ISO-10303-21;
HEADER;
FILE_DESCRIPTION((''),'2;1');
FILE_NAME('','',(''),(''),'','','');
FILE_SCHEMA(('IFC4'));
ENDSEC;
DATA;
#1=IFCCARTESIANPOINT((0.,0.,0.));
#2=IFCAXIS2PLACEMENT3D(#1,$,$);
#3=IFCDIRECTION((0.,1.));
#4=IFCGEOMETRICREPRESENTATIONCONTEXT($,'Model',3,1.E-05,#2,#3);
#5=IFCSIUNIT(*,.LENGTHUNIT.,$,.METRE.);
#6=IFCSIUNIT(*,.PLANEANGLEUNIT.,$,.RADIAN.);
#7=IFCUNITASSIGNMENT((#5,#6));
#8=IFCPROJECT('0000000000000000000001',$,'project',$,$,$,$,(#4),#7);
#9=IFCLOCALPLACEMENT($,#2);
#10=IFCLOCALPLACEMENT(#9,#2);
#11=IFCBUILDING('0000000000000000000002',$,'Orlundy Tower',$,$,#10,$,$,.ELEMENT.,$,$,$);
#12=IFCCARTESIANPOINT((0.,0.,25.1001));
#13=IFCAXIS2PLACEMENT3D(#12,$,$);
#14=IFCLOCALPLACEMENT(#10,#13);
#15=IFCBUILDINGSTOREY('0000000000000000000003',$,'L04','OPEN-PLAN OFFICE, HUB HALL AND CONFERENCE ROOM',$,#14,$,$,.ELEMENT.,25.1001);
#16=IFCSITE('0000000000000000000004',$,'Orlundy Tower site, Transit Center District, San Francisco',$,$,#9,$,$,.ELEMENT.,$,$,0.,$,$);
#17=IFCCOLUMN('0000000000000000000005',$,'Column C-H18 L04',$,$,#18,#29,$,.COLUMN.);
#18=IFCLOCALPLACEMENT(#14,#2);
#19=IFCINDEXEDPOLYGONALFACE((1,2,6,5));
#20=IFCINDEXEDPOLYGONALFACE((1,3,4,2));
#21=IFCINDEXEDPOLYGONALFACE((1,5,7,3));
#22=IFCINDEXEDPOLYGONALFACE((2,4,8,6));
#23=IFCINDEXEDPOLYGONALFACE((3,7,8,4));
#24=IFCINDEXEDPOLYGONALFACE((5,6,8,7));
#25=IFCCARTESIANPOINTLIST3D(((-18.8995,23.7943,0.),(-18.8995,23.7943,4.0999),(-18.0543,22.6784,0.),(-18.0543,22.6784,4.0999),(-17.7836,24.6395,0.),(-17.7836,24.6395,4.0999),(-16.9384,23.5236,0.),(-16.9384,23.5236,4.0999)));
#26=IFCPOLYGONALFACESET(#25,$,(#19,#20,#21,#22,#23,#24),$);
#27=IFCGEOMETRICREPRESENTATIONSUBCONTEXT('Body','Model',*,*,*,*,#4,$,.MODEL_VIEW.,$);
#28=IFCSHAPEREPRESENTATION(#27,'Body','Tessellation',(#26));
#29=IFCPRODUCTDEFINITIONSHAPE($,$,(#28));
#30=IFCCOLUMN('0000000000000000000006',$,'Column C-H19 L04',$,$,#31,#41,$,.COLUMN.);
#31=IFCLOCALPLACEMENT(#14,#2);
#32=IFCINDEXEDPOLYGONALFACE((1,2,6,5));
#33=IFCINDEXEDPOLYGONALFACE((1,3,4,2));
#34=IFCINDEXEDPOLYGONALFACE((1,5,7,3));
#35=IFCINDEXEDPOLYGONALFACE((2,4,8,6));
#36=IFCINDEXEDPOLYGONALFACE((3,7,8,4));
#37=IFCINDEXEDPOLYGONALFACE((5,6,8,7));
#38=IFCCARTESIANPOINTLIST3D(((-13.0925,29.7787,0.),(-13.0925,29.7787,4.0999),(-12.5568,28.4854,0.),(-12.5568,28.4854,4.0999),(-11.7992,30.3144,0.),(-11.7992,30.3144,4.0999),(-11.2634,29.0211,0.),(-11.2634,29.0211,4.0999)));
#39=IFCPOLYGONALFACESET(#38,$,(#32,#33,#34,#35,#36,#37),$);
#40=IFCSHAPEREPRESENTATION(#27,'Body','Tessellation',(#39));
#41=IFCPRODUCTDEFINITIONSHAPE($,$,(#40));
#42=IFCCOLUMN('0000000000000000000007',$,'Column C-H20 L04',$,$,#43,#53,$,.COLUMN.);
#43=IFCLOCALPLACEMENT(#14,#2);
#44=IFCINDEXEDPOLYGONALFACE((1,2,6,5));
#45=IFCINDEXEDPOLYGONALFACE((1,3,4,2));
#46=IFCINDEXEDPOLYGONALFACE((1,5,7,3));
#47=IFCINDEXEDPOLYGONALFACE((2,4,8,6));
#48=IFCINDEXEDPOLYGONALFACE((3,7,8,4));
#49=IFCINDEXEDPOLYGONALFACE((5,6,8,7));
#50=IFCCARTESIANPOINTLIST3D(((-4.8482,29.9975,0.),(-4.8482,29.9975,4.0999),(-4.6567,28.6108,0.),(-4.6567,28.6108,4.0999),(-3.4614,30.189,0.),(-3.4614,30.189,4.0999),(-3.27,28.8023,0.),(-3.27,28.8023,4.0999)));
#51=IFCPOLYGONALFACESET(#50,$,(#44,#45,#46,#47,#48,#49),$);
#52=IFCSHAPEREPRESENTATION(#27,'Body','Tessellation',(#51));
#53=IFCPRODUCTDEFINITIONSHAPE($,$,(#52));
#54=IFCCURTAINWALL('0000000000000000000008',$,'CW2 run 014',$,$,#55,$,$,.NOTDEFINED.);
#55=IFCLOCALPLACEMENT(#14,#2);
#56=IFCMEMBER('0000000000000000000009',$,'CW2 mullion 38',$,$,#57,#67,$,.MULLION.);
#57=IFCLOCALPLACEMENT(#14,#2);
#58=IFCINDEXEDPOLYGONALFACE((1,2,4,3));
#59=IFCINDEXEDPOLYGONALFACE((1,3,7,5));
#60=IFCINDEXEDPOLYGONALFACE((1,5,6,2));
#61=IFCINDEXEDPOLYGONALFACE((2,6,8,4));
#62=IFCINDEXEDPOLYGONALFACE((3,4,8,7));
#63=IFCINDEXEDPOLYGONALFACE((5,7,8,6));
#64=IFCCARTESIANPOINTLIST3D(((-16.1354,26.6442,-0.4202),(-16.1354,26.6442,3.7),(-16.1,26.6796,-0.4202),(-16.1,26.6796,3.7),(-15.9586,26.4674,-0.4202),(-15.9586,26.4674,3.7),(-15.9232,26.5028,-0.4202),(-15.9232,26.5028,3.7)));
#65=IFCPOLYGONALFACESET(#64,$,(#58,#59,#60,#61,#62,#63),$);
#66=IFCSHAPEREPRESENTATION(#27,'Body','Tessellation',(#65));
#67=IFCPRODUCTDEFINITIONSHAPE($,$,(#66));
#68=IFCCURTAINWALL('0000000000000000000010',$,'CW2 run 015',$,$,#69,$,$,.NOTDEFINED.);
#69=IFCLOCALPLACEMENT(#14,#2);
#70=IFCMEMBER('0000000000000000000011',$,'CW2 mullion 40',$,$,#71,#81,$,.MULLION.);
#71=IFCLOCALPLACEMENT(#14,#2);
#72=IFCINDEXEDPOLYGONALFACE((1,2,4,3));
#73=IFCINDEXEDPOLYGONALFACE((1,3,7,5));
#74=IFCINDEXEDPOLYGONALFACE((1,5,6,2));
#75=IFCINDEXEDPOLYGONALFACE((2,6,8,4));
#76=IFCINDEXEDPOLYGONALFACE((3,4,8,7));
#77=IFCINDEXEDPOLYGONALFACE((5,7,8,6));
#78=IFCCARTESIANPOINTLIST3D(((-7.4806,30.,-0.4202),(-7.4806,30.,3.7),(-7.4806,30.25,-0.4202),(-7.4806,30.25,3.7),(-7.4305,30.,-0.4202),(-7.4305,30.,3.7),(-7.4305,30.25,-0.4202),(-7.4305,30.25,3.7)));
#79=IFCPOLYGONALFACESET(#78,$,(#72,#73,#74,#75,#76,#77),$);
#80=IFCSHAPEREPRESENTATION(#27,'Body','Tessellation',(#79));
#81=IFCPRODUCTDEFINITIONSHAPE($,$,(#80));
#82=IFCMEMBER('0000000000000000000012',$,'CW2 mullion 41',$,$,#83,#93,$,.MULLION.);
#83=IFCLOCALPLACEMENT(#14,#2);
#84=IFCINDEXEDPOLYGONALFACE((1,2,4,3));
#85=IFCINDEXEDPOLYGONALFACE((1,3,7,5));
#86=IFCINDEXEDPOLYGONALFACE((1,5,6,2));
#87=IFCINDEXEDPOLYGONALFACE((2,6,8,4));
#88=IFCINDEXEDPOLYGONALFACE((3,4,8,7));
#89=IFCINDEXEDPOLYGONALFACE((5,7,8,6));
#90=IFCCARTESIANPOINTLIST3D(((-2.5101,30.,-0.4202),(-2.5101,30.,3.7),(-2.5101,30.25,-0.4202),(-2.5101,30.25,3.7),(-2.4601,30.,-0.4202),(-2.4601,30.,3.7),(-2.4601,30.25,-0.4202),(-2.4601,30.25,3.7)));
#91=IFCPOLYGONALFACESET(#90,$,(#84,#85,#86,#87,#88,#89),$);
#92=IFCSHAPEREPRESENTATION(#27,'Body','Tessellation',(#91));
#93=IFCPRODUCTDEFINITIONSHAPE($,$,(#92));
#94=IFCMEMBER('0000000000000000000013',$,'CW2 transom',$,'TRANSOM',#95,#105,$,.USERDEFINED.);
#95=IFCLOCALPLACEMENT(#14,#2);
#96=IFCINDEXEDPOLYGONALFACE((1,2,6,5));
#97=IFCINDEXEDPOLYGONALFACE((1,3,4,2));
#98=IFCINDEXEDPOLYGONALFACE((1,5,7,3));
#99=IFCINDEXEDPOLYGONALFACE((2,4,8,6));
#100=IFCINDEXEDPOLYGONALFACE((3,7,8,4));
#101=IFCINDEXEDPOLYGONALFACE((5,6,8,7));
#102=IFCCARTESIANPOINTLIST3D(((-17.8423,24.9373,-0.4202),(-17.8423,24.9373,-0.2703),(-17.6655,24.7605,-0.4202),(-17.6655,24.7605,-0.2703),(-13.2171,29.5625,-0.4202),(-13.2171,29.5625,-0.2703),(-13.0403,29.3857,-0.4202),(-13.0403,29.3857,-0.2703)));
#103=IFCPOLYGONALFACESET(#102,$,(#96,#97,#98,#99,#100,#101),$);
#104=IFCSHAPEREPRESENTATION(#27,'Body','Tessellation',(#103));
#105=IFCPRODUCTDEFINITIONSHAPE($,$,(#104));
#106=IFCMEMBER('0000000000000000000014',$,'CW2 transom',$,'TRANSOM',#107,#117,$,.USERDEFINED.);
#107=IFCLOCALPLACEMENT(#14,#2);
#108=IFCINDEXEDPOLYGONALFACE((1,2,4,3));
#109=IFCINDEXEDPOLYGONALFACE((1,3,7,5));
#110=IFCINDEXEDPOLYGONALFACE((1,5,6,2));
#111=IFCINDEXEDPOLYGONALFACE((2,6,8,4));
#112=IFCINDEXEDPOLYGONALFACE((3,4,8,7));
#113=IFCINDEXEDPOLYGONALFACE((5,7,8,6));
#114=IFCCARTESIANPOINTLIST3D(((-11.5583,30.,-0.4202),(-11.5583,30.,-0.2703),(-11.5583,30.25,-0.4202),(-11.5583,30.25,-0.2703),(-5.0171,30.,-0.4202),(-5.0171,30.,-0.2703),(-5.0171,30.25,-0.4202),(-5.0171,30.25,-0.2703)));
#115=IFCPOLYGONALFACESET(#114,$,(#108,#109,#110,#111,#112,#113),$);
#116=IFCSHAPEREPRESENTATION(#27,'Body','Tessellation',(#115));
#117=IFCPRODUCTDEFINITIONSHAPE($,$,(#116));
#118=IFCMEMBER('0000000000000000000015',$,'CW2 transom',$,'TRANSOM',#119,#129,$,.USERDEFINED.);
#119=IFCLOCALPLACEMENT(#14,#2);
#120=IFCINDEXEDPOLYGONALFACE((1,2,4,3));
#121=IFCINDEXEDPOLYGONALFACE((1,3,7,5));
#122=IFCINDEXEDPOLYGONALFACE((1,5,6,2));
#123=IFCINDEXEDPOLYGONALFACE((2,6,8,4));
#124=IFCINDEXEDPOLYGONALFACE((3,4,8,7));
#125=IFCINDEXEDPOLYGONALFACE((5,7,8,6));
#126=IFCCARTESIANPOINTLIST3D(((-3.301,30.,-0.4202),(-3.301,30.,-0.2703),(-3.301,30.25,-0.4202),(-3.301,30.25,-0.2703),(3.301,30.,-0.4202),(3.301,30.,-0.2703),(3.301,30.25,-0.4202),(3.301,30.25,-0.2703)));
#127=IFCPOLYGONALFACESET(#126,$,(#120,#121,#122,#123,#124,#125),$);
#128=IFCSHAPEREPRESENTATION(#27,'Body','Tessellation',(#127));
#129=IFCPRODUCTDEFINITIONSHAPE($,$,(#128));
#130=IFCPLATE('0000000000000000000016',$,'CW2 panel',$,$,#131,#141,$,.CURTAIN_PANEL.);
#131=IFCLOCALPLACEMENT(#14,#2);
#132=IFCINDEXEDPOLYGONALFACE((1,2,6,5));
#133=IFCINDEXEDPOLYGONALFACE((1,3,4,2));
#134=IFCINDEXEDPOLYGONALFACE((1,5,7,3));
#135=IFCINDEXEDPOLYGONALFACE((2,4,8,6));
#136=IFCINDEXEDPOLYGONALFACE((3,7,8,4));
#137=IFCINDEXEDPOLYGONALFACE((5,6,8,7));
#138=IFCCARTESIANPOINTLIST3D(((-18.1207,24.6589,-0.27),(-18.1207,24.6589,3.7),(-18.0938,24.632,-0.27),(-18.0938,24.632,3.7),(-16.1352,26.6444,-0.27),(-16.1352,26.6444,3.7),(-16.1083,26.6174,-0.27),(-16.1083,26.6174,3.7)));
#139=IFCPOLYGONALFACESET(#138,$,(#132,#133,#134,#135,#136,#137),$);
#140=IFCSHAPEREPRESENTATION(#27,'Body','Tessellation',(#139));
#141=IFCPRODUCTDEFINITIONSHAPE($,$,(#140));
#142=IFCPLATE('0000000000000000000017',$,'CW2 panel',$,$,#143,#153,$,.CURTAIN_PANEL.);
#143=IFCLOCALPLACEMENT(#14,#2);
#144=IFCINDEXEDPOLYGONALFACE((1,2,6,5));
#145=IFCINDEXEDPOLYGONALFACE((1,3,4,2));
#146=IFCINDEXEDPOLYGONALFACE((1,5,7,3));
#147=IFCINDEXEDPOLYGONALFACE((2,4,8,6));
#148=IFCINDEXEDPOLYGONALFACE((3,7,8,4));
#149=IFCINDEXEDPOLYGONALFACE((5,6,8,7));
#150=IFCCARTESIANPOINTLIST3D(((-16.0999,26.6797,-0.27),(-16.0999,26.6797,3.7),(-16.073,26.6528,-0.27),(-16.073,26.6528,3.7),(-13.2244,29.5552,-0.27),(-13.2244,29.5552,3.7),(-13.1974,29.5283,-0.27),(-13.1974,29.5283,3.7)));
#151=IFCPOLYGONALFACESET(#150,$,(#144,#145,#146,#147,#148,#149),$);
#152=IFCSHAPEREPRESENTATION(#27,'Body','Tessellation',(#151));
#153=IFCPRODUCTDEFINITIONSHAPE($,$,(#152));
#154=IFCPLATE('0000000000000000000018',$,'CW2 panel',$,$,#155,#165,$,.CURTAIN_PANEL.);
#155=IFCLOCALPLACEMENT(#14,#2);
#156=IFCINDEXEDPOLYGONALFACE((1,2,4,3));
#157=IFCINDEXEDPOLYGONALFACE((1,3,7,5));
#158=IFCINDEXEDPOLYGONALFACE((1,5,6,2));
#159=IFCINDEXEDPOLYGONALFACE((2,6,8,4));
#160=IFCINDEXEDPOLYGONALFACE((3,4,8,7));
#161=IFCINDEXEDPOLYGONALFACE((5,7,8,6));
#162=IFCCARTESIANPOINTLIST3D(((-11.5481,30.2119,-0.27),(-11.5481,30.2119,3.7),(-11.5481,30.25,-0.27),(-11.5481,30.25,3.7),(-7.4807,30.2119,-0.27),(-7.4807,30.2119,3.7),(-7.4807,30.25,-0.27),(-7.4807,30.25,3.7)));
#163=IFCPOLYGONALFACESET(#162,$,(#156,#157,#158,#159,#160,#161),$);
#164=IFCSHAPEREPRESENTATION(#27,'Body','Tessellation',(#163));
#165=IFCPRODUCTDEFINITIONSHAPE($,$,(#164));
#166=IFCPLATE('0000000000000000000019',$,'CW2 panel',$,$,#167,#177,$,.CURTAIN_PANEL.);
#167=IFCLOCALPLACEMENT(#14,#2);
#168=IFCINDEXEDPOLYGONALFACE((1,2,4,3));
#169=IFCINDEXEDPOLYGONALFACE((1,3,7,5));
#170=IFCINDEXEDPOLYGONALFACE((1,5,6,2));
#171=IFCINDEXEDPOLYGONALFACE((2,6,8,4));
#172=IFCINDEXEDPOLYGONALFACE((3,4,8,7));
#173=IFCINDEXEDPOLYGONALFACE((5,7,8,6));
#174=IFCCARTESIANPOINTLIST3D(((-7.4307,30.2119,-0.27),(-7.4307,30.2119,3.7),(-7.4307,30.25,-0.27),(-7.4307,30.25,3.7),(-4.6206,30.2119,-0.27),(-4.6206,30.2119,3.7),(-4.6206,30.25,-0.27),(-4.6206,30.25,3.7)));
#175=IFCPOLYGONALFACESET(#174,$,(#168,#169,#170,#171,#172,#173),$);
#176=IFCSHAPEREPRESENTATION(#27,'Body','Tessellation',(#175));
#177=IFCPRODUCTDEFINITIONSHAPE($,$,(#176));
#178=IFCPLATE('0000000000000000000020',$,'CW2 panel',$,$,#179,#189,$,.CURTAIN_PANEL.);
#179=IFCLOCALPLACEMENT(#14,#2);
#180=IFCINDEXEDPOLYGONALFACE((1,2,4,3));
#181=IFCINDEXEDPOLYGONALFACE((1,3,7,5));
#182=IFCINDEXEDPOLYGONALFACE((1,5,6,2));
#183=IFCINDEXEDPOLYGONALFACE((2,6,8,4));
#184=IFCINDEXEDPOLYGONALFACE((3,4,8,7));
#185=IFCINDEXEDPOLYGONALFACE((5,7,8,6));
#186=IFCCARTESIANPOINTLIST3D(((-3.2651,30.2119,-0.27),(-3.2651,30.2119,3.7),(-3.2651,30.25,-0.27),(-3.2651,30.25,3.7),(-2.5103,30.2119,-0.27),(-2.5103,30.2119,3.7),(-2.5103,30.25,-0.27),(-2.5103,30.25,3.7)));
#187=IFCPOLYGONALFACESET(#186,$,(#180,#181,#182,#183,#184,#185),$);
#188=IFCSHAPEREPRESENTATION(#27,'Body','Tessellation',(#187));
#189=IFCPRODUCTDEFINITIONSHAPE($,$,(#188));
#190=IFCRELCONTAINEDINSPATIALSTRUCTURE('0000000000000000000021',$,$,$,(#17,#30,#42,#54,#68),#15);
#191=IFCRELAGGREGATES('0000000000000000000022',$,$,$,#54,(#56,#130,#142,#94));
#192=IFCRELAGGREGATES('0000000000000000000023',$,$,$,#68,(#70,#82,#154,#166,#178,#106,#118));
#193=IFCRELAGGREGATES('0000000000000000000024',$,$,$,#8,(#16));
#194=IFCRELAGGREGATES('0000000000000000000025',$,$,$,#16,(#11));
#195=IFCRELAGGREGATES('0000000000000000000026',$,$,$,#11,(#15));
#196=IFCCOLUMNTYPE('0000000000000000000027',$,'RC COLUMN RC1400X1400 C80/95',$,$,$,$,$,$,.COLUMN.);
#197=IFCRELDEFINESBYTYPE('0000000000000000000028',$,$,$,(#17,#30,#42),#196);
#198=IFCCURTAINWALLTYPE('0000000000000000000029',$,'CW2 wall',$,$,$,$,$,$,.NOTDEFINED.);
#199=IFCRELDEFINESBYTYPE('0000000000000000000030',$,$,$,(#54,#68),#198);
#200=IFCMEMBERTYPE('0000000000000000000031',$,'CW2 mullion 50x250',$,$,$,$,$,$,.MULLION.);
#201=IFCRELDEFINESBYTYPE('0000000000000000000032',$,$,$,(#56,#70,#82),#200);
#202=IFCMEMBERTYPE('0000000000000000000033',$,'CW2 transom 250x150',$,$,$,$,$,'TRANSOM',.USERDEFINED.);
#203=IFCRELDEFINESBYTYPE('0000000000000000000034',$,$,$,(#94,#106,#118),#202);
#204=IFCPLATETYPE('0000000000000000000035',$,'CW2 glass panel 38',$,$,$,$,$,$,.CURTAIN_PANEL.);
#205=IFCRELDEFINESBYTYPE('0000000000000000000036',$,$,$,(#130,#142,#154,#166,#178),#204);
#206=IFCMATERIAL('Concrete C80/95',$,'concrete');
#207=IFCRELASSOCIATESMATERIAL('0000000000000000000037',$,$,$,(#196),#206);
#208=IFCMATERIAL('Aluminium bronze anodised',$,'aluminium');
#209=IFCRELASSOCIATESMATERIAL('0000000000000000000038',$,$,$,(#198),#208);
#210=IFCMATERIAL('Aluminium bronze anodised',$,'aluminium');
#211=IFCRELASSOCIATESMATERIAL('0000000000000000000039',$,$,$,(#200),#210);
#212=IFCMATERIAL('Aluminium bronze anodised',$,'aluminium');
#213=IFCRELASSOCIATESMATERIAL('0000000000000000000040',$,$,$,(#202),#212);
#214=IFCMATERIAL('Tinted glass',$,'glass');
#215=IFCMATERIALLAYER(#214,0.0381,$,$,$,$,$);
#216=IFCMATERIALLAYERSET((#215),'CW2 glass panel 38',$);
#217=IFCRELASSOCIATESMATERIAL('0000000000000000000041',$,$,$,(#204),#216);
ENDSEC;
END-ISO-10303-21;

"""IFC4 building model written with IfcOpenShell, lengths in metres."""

from ifc_helpers import new_model, si_unit, direction, frame, origin, origin_2d, place, context, subcontext, project, spatial, rectangle, extrude, material, layer, layer_set, material_profile, profile_set, type_object, element, aggregate, save


model = new_model("IFC4")

# Units and contexts
model_context = context("Model", 3, precision=1e-05, world=origin(), true_north=direction((0.0, 1.0)))
body_context = subcontext(model_context, "Body", "Model", "MODEL_VIEW")
ifc_project = project(units=[si_unit("LENGTHUNIT", "METRE"), si_unit("PLANEANGLEUNIT", "RADIAN")], contexts=[model_context])

# Site, building, storey
site_placement = place(None, origin())
site = spatial("IfcSite", under=ifc_project, at=site_placement, Name="Orlundy Tower site, Transit Center District, San Francisco", CompositionType="ELEMENT", RefElevation=0.0)
building_placement = place(site_placement, origin())
building = spatial("IfcBuilding", under=site, at=building_placement, Name="Orlundy Tower", CompositionType="ELEMENT")
storey_placement = place(building_placement, frame((0.0, 0.0, 25.1001)))
storey = spatial("IfcBuildingStorey", under=building, at=storey_placement, Name="L04", Description="OPEN-PLAN OFFICE, HUB HALL AND CONFERENCE ROOM", CompositionType="ELEMENT", Elevation=25.1001)

# Columns
ifc_material_1 = material(Name="Concrete C80/95", Category="concrete")
ifc_material_profile_1 = material_profile(ifc_material_1, rectangle(XDim=1.3999, YDim=1.3999, at=origin_2d()), Name="RC1400X1400")
ifc_profile_set_1 = profile_set([ifc_material_profile_1], Name="Concrete C80/95")
column_type = type_object("IfcColumnType", Name="RC COLUMN RC1400X1400 C80/95", PredefinedType="COLUMN", material=ifc_profile_set_1)
for number, where, z_axis, x_axis, name in (
    (1, (-17.9189, 23.6589, 0.0), (0.0, 0.0, 1.0), (-0.603765, 0.797163, 0.0), "Column C-H18 L04"),
    (2, (-12.178, 29.3999, 0.0), (0.0, 0.0, 1.0), (-0.382683, 0.92388, 0.0), "Column C-H19 L04"),
    (3, (-4.0591, 29.3999, 0.0), (0.0, 0.0, 1.0), (-0.13677, 0.990603, 0.0), "Column C-H20 L04"),
):
    element("IfcColumn", number, at=place(storey_placement, frame(where, z_axis=z_axis, x_axis=x_axis)), inside=storey, type_object=column_type, Name=name, PredefinedType="COLUMN", context=body_context, shape_type="SweptSolid", body=[
        extrude(rectangle(XDim=1.3999, YDim=1.3999, at=origin_2d()), origin(), (0.0, 0.0, 1.0), 4.0999),
    ])

# Curtain wall, member
ifc_material_2 = material(Name="Aluminium bronze anodised", Category="aluminium")
curtain_wall_type = type_object("IfcCurtainWallType", Name="CW2 wall", PredefinedType="NOTDEFINED", material=ifc_material_2)
curtain_wall_1_placement = place(storey_placement, origin())
curtain_wall_1 = element("IfcCurtainWall", 4, at=curtain_wall_1_placement, inside=storey, type_object=curtain_wall_type, Name="CW2 run 014", PredefinedType="NOTDEFINED")
ifc_material_3 = material(Name="Aluminium bronze anodised", Category="aluminium")
ifc_material_profile_2 = material_profile(ifc_material_3, rectangle(XDim=0.25, YDim=0.05, at=origin_2d()), Name="CW2 mullion 50x250")
ifc_profile_set_2 = profile_set([ifc_material_profile_2], Name="Aluminium bronze anodised")
member_type_1 = type_object("IfcMemberType", Name="CW2 mullion 50x250", PredefinedType="MULLION", material=ifc_profile_set_2)
member_1_placement = place(storey_placement, frame((-16.0293, 26.5735, -0.4202), z_axis=(0.0, 0.0, 1.0), x_axis=(-0.707107, 0.707107, 0.0)))
member_1 = element("IfcMember", 5, at=member_1_placement, type_object=member_type_1, Name="CW2 mullion 38", PredefinedType="MULLION", context=body_context, shape_type="SweptSolid", body=[
    extrude(rectangle(XDim=0.25, YDim=0.05, at=origin_2d()), origin(), (0.0, 0.0, 1.0), 4.1201),
])

# Curtain wall, members
curtain_wall_2_placement = place(storey_placement, origin())
curtain_wall_2 = element("IfcCurtainWall", 6, at=curtain_wall_2_placement, inside=storey, type_object=curtain_wall_type, Name="CW2 run 015", PredefinedType="NOTDEFINED")
member_2_placement = place(storey_placement, frame((-7.4556, 30.125, -0.4202), z_axis=(0.0, 0.0, 1.0), x_axis=(0.0, 1.0, 0.0)))
member_2 = element("IfcMember", 7, at=member_2_placement, type_object=member_type_1, Name="CW2 mullion 40", PredefinedType="MULLION", context=body_context, shape_type="SweptSolid", body=[
    extrude(rectangle(XDim=0.25, YDim=0.05, at=origin_2d()), origin(), (0.0, 0.0, 1.0), 4.1201),
])
member_3_placement = place(storey_placement, frame((-2.4851, 30.125, -0.4202), z_axis=(0.0, 0.0, 1.0), x_axis=(0.0, 1.0, 0.0)))
member_3 = element("IfcMember", 8, at=member_3_placement, type_object=member_type_1, Name="CW2 mullion 41", PredefinedType="MULLION", context=body_context, shape_type="SweptSolid", body=[
    extrude(rectangle(XDim=0.25, YDim=0.05, at=origin_2d()), origin(), (0.0, 0.0, 1.0), 4.1201),
])

# Members
ifc_material_4 = material(Name="Aluminium bronze anodised", Category="aluminium")
ifc_material_profile_3 = material_profile(ifc_material_4, rectangle(XDim=0.25, YDim=0.1499, at=origin_2d()), Name="CW2 transom 250x150")
ifc_profile_set_3 = profile_set([ifc_material_profile_3], Name="Aluminium bronze anodised")
member_type_2 = type_object("IfcMemberType", Name="CW2 transom 250x150", ElementType="TRANSOM", PredefinedType="USERDEFINED", material=ifc_profile_set_3)
member_4_placement = place(storey_placement, frame((-17.7539, 24.8489, -0.3452), z_axis=(0.707107, 0.707107, 0.0), x_axis=(-0.707107, 0.707107, 0.0)))
member_4 = element("IfcMember", 9, at=member_4_placement, type_object=member_type_2, Name="CW2 transom", ObjectType="TRANSOM", PredefinedType="USERDEFINED", context=body_context, shape_type="SweptSolid", body=[
    extrude(rectangle(XDim=0.25, YDim=0.1499, at=origin_2d()), origin(), (0.0, 0.0, 1.0), 6.541),
])
member_5_placement = place(storey_placement, frame((-11.5583, 30.125, -0.3452), z_axis=(1.0, 0.0, 0.0), x_axis=(0.0, 1.0, 0.0)))
member_5 = element("IfcMember", 10, at=member_5_placement, type_object=member_type_2, Name="CW2 transom", ObjectType="TRANSOM", PredefinedType="USERDEFINED", context=body_context, shape_type="SweptSolid", body=[
    extrude(rectangle(XDim=0.25, YDim=0.1499, at=origin_2d()), origin(), (0.0, 0.0, 1.0), 6.5413),
])
member_6_placement = place(storey_placement, frame((-3.301, 30.125, -0.3452), z_axis=(1.0, 0.0, 0.0), x_axis=(0.0, 1.0, 0.0)))
member_6 = element("IfcMember", 11, at=member_6_placement, type_object=member_type_2, Name="CW2 transom", ObjectType="TRANSOM", PredefinedType="USERDEFINED", context=body_context, shape_type="SweptSolid", body=[
    extrude(rectangle(XDim=0.25, YDim=0.1499, at=origin_2d()), origin(), (0.0, 0.0, 1.0), 6.6021),
])

# Plates
ifc_material_5 = material(Name="Tinted glass", Category="glass")
ifc_layer_1 = layer(ifc_material_5, 0.0381)
ifc_layer_set_1 = layer_set([ifc_layer_1], Name="CW2 glass panel 38")
plate_type = type_object("IfcPlateType", Name="CW2 glass panel 38", PredefinedType="CURTAIN_PANEL", material=ifc_layer_set_1)
plate_1_placement = place(storey_placement, frame((-17.1145, 25.6382, -0.27), z_axis=(0.0, 0.0, 1.0), x_axis=(0.707107, 0.707107, 0.0)))
plate_1 = element("IfcPlate", 12, at=plate_1_placement, type_object=plate_type, Name="CW2 panel", PredefinedType="CURTAIN_PANEL", context=body_context, shape_type="SweptSolid", body=[
    extrude(rectangle(XDim=2.8079, YDim=0.0381, at=origin_2d()), origin(), (0.0, 0.0, 1.0), 3.97),
])
plate_2_placement = place(storey_placement, frame((-14.6487, 28.104, -0.27), z_axis=(0.0, 0.0, 1.0), x_axis=(0.707107, 0.707107, 0.0)))
plate_2 = element("IfcPlate", 13, at=plate_2_placement, type_object=plate_type, Name="CW2 panel", PredefinedType="CURTAIN_PANEL", context=body_context, shape_type="SweptSolid", body=[
    extrude(rectangle(XDim=4.0667, YDim=0.0381, at=origin_2d()), origin(), (0.0, 0.0, 1.0), 3.97),
])
aggregate(curtain_wall_1, [member_1, plate_1, plate_2, member_4])
plate_3_placement = place(storey_placement, frame((-9.5144, 30.231, -0.27), z_axis=(0.0, 0.0, 1.0), x_axis=(1.0, 0.0, 0.0)))
plate_3 = element("IfcPlate", 14, at=plate_3_placement, type_object=plate_type, Name="CW2 panel", PredefinedType="CURTAIN_PANEL", context=body_context, shape_type="SweptSolid", body=[
    extrude(rectangle(XDim=4.0674, YDim=0.0381, at=origin_2d()), origin(), (0.0, 0.0, 1.0), 3.97),
])
plate_4_placement = place(storey_placement, frame((-6.0256, 30.231, -0.27), z_axis=(0.0, 0.0, 1.0), x_axis=(1.0, 0.0, 0.0)))
plate_4 = element("IfcPlate", 15, at=plate_4_placement, type_object=plate_type, Name="CW2 panel", PredefinedType="CURTAIN_PANEL", context=body_context, shape_type="SweptSolid", body=[
    extrude(rectangle(XDim=2.8101, YDim=0.0381, at=origin_2d()), origin(), (0.0, 0.0, 1.0), 3.97),
])
plate_5_placement = place(storey_placement, frame((-2.8877, 30.231, -0.27), z_axis=(0.0, 0.0, 1.0), x_axis=(1.0, 0.0, 0.0)))
plate_5 = element("IfcPlate", 16, at=plate_5_placement, type_object=plate_type, Name="CW2 panel", PredefinedType="CURTAIN_PANEL", context=body_context, shape_type="SweptSolid", body=[
    extrude(rectangle(XDim=0.7549, YDim=0.0381, at=origin_2d()), origin(), (0.0, 0.0, 1.0), 3.97),
])
aggregate(curtain_wall_2, [member_2, member_3, plate_3, plate_4, plate_5, member_5, member_6])

save(model, "model.ifc")
